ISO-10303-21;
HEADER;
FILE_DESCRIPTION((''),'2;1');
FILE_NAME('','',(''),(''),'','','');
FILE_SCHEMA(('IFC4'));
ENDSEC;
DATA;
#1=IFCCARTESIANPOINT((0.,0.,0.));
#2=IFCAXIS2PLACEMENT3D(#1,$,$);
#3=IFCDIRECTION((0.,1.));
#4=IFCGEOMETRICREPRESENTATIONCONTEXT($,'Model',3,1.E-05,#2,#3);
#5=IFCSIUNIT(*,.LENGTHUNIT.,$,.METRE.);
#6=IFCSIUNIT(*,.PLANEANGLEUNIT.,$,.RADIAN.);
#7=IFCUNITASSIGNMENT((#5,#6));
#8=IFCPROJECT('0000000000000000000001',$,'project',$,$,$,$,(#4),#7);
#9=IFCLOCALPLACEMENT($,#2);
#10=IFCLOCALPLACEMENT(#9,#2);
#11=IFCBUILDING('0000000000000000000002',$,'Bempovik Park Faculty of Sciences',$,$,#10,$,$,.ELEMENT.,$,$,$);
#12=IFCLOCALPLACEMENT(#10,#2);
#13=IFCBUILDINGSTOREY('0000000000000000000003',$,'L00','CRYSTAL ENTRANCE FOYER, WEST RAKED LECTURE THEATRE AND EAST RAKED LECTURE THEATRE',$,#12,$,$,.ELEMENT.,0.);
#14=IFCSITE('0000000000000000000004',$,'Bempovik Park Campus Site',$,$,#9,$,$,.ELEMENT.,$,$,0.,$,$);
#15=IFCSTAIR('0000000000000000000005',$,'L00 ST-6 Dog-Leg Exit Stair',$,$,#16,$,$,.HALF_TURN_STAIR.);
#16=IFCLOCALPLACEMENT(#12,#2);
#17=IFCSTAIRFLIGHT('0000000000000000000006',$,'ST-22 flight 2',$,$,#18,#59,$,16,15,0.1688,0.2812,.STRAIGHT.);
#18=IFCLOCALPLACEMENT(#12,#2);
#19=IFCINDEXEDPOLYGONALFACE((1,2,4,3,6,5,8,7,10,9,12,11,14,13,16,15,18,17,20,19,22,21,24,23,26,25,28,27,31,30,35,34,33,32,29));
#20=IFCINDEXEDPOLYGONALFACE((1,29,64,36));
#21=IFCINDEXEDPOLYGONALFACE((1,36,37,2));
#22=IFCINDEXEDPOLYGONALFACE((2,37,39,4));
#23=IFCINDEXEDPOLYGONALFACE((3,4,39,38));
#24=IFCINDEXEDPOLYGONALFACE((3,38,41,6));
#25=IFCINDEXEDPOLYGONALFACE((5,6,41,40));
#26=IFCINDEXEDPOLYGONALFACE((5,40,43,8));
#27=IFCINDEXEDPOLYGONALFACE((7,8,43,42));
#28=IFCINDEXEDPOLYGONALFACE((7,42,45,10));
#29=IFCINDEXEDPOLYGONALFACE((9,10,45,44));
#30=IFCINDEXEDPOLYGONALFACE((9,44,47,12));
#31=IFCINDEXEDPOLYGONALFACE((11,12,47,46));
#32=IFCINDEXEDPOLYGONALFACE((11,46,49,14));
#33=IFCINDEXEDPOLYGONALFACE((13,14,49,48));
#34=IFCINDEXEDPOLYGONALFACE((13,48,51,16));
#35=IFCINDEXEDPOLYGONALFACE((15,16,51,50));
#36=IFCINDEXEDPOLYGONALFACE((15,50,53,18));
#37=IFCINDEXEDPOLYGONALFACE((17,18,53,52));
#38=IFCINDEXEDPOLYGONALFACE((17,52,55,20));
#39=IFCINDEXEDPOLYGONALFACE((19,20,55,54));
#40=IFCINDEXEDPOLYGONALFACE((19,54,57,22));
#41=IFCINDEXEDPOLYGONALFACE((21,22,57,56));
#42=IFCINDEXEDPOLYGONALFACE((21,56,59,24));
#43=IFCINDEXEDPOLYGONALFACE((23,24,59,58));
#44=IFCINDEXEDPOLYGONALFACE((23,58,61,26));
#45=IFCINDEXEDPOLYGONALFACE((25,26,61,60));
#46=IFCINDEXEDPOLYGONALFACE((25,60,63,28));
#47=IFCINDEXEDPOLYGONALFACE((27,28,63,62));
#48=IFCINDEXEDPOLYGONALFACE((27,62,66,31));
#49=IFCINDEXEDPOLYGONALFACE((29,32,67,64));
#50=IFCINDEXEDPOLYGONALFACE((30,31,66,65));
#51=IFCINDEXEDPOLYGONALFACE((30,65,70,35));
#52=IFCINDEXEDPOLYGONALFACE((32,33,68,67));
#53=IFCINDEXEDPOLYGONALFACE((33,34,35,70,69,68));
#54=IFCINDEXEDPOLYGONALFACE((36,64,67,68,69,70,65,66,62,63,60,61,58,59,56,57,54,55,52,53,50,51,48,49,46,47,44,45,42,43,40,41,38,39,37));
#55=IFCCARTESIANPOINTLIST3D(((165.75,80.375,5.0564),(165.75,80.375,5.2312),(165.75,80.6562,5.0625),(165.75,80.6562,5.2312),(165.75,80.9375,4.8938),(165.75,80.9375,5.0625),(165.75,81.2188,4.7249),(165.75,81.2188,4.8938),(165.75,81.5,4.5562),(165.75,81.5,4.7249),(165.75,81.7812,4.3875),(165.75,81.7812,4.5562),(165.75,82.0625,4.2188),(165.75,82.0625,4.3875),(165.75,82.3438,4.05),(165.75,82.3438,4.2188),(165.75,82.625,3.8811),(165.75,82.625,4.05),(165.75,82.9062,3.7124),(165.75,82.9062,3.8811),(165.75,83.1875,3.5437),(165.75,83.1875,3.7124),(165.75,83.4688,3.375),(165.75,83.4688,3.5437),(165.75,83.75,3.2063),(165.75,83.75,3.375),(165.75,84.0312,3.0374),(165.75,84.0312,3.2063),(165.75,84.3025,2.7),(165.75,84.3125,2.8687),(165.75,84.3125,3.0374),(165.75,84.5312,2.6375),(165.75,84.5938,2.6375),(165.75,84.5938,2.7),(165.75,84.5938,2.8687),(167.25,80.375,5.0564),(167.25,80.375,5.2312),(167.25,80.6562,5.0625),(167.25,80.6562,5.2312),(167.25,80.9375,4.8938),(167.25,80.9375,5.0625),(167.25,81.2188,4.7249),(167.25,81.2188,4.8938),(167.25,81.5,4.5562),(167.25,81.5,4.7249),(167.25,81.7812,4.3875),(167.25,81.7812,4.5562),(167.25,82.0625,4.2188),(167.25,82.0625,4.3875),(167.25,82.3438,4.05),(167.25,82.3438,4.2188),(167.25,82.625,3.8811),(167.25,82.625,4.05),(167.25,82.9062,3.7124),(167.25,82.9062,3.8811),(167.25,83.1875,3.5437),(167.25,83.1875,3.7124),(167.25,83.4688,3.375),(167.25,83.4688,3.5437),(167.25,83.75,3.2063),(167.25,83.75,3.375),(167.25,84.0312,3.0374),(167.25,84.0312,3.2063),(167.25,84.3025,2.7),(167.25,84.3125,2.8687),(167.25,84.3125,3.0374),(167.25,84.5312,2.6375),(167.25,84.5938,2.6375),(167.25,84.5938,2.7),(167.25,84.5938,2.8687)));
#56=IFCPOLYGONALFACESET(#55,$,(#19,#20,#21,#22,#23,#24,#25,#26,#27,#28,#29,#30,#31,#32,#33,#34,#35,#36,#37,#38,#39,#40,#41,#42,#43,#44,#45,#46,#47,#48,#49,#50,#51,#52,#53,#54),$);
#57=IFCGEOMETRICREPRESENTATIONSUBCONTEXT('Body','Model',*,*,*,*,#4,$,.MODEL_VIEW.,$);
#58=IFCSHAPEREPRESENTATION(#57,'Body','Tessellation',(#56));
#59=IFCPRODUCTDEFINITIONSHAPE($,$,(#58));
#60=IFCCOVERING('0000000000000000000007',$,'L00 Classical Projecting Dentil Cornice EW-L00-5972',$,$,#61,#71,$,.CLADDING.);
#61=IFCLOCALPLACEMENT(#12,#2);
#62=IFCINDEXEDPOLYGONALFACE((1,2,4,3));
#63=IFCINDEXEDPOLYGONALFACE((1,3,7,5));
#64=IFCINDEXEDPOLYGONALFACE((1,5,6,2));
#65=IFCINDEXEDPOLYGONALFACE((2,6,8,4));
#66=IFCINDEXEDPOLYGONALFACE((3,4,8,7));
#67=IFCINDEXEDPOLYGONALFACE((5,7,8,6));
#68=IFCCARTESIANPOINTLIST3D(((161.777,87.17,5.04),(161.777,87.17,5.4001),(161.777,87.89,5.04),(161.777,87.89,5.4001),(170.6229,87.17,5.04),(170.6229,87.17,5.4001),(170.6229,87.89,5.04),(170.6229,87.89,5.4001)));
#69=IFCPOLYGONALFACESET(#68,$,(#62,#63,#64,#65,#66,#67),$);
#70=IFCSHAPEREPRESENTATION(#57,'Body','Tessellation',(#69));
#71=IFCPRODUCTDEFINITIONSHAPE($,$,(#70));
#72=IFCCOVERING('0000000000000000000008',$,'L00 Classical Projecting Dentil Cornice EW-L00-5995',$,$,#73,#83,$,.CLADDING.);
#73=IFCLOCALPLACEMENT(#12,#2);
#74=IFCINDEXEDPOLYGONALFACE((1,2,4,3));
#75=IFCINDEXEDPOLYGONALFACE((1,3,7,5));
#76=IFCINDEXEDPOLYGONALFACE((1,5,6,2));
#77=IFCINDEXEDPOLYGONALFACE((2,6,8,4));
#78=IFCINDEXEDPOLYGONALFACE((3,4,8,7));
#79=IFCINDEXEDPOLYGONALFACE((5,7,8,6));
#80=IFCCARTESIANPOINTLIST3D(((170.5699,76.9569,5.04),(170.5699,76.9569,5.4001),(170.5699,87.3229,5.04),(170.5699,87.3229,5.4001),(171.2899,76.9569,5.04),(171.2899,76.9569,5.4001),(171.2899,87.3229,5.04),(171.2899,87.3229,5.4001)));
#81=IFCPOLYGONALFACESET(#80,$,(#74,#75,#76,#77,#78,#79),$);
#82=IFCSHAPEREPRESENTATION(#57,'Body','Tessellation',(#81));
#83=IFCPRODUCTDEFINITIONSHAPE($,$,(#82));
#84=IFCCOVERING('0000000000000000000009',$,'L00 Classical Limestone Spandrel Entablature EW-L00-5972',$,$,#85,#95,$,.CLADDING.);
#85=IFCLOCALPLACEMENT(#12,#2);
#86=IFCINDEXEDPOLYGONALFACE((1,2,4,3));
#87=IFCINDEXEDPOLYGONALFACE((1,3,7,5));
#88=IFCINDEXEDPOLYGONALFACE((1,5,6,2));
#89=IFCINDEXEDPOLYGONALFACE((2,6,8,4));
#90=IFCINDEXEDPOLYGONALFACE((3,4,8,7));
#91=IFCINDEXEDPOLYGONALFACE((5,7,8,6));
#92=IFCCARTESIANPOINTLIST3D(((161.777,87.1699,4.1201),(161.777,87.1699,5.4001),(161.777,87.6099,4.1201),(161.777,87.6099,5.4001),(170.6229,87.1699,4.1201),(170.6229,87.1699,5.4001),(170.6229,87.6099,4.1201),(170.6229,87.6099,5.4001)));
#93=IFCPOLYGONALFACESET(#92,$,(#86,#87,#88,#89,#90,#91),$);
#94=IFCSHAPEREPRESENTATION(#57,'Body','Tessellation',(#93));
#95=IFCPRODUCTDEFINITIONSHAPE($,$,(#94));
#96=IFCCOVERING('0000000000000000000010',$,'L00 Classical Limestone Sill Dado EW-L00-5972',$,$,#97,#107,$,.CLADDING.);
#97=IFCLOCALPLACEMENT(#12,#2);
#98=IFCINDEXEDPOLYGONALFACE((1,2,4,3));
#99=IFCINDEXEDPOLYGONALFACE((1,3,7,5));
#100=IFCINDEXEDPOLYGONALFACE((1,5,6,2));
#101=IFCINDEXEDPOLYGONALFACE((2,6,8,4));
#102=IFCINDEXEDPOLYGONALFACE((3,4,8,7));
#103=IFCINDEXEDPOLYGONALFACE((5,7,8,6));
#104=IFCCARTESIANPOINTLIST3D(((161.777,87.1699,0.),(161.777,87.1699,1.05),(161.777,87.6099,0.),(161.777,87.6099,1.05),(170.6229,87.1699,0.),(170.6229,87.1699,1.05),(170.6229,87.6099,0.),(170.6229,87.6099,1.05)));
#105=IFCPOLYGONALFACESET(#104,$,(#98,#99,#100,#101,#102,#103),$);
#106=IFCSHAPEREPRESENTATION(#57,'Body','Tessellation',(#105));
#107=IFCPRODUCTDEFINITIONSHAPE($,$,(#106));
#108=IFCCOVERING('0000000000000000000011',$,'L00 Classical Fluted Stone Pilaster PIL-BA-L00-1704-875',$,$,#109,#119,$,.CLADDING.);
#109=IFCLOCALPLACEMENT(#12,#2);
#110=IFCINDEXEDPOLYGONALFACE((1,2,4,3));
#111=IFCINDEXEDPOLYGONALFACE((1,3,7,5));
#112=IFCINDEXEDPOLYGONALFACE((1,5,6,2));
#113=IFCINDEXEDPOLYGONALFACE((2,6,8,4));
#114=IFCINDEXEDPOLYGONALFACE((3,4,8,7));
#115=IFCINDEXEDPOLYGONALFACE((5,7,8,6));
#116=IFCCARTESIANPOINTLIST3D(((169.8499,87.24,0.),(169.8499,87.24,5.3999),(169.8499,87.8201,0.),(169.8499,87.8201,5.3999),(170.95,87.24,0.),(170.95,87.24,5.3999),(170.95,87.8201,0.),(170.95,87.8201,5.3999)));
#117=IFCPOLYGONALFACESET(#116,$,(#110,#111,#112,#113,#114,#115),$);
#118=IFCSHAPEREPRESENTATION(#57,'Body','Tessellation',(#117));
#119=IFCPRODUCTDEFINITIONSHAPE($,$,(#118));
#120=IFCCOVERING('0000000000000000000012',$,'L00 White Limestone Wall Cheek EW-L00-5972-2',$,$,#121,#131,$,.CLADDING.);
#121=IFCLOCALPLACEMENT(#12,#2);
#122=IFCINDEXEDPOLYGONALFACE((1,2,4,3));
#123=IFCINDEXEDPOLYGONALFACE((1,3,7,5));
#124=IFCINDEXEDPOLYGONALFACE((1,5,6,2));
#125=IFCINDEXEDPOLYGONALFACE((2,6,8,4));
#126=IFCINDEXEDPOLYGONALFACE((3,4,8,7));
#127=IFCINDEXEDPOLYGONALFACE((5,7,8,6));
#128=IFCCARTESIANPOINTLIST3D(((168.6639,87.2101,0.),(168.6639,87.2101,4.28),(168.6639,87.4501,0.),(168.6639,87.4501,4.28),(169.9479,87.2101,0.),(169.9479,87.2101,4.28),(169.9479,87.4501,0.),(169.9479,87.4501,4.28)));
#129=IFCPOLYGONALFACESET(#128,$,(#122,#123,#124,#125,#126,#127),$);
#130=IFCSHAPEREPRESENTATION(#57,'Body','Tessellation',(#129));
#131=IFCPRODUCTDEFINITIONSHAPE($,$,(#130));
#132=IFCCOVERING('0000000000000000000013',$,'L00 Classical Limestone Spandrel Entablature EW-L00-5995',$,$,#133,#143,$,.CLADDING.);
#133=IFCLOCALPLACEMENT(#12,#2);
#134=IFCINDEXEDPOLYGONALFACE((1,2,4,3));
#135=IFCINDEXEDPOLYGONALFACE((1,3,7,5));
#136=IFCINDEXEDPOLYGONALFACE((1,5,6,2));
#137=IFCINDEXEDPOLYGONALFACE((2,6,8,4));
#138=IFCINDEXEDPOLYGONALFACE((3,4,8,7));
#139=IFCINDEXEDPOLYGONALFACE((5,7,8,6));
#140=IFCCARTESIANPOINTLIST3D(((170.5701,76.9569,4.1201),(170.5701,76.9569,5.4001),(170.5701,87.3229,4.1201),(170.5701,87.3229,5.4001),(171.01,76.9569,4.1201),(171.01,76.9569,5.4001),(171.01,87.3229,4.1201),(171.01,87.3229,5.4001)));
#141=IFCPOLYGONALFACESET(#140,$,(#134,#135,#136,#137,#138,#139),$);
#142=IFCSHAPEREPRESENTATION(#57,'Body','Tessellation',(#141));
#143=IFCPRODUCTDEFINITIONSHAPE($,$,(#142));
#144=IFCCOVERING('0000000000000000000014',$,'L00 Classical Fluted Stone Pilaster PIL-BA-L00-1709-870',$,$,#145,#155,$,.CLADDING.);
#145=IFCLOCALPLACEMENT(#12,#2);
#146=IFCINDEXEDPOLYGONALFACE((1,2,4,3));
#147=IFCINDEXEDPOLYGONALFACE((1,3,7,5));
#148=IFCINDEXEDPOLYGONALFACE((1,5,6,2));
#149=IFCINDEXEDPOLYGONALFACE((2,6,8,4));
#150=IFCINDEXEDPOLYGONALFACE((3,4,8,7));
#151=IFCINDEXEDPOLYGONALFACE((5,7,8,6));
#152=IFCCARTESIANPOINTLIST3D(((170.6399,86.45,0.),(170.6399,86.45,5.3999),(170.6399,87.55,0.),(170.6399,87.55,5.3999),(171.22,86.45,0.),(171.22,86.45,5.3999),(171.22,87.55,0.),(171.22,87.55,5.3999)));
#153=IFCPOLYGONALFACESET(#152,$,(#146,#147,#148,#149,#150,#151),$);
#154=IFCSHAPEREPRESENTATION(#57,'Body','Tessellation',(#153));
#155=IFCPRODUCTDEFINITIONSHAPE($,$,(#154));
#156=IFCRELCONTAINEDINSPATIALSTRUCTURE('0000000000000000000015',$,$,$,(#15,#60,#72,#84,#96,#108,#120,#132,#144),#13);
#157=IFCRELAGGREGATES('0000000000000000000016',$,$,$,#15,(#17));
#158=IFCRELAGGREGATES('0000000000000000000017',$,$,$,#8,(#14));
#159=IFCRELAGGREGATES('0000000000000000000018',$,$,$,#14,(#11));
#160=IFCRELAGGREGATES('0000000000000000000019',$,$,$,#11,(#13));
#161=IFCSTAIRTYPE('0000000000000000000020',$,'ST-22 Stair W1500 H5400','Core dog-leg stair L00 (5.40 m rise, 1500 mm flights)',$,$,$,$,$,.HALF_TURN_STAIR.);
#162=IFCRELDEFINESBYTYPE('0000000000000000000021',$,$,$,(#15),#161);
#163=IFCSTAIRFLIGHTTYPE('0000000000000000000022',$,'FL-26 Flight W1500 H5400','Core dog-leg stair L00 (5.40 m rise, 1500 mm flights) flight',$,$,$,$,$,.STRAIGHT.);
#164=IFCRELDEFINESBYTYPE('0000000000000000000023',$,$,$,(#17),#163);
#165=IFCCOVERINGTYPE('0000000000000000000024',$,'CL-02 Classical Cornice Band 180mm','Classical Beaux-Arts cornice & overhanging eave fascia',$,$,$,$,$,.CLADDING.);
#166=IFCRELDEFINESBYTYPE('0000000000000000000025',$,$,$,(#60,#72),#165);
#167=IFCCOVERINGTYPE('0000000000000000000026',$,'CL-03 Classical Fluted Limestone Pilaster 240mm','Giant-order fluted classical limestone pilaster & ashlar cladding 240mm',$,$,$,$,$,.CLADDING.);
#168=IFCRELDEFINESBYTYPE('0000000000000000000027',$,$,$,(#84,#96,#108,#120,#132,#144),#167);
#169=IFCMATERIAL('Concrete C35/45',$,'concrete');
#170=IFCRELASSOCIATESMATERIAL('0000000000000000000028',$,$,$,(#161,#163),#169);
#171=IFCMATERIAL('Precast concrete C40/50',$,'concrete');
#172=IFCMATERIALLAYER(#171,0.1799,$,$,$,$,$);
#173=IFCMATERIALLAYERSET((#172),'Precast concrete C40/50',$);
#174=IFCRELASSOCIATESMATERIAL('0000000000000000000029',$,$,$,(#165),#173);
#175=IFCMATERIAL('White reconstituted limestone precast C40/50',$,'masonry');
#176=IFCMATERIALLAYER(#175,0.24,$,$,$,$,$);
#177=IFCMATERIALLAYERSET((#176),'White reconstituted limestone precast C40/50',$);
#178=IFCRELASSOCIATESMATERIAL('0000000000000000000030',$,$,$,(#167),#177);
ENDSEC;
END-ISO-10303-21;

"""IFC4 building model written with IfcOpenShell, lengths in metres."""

from ifc_helpers import new_model, si_unit, direction, frame, origin, origin_2d, place, context, subcontext, project, spatial, polyline, rectangle, outline, extrude, material, layer, layer_set, type_object, element, aggregate, save


model = new_model("IFC4")

# Units and contexts
model_context = context("Model", 3, precision=1e-05, world=origin(), true_north=direction((0.0, 1.0)))
body_context = subcontext(model_context, "Body", "Model", "MODEL_VIEW")
ifc_project = project(units=[si_unit("LENGTHUNIT", "METRE"), si_unit("PLANEANGLEUNIT", "RADIAN")], contexts=[model_context])

# Site, building, storey
site_placement = place(None, origin())
site = spatial("IfcSite", under=ifc_project, at=site_placement, Name="Bempovik Park Campus Site", CompositionType="ELEMENT", RefElevation=0.0)
building_placement = place(site_placement, origin())
building = spatial("IfcBuilding", under=site, at=building_placement, Name="Bempovik Park Faculty of Sciences", CompositionType="ELEMENT")
storey_placement = place(building_placement, origin())
storey = spatial("IfcBuildingStorey", under=building, at=storey_placement, Name="L00", Description="CRYSTAL ENTRANCE FOYER, WEST RAKED LECTURE THEATRE AND EAST RAKED LECTURE THEATRE", CompositionType="ELEMENT", Elevation=0.0)

# Shared definitions
ifc_material_1 = material(Name="Concrete C35/45", Category="concrete")

# Stair, stair flight
stair_type = type_object("IfcStairType", Name="ST-22 Stair W1500 H5400", Description="Core dog-leg stair L00 (5.40 m rise, 1500 mm flights)", PredefinedType="HALF_TURN_STAIR", material=ifc_material_1)
stair_placement = place(storey_placement, origin())
stair = element("IfcStair", 1, at=stair_placement, inside=storey, type_object=stair_type, Name="L00 ST-6 Dog-Leg Exit Stair", PredefinedType="HALF_TURN_STAIR")
stair_flight_type = type_object("IfcStairFlightType", Name="FL-26 Flight W1500 H5400", Description="Core dog-leg stair L00 (5.40 m rise, 1500 mm flights) flight", PredefinedType="STRAIGHT", material=ifc_material_1)
stair_flight_1_placement = place(storey_placement, frame((166.5, 84.5938, 2.7), z_axis=(0.0, 0.0, 1.0), x_axis=(0.0, -1.0, 0.0)))
stair_flight_1 = element("IfcStairFlight", 2, at=stair_flight_1_placement, type_object=stair_flight_type, Name="ST-22 flight 2", NumberOfRisers=16, NumberOfTreads=15, PredefinedType="STRAIGHT", RiserHeight=0.1688, TreadLength=0.2812, context=body_context, shape_type="SweptSolid", body=[
    extrude(outline(polyline([(0.0, 0.0), (0.0, 0.1687), (0.2812, 0.1687), (0.2812, 0.3374), (0.5625, 0.3374), (0.5625, 0.5063), (0.8438, 0.5063), (0.8438, 0.675), (1.125, 0.675), (1.125, 0.8438), (1.4062, 0.8438), (1.4062, 1.0125), (1.6875, 1.0125), (1.6875, 1.1812), (1.9688, 1.1812), (1.9688, 1.3501), (2.25, 1.3501), (2.25, 1.5188), (2.5312, 1.5188), (2.5312, 1.6875), (2.8125, 1.6875), (2.8125, 1.8562), (3.0938, 1.8562), (3.0938, 2.0249), (3.375, 2.0249), (3.375, 2.1938), (3.6562, 2.1938), (3.6562, 2.3625), (3.9375, 2.3625), (3.9375, 2.5312), (4.2188, 2.5312), (4.2188, 2.7), (4.2188, 2.3564), (0.2913, 0.0), (0.0625, -0.0625), (0.0, -0.0625), (0.0, 0.0)])), frame((0.0, 0.75, 0.0), z_axis=(0.0, -1.0, 0.0), x_axis=(1.0, 0.0, 0.0)), (0.0, 0.0, 1.0), 1.5),
])
aggregate(stair, [stair_flight_1])

# Coverings
ifc_material_2 = material(Name="Precast concrete C40/50", Category="concrete")
ifc_layer_1 = layer(ifc_material_2, 0.1799)
ifc_layer_set_1 = layer_set([ifc_layer_1], Name="Precast concrete C40/50")
covering_type_1 = type_object("IfcCoveringType", Name="CL-02 Classical Cornice Band 180mm", Description="Classical Beaux-Arts cornice & overhanging eave fascia", PredefinedType="CLADDING", material=ifc_layer_set_1)
covering_1_placement = place(storey_placement, frame((166.2, 87.53, 5.04), z_axis=(0.0, 0.0, 1.0), x_axis=(1.0, 0.0, 0.0)))
element("IfcCovering", 3, at=covering_1_placement, inside=storey, type_object=covering_type_1, Name="L00 Classical Projecting Dentil Cornice EW-L00-5972", PredefinedType="CLADDING", context=body_context, shape_type="SweptSolid", body=[
    extrude(rectangle(XDim=8.8459, YDim=0.72, at=origin_2d()), origin(), (0.0, 0.0, 1.0), 0.3601),
])
covering_2_placement = place(storey_placement, frame((170.9299, 82.1399, 5.04), z_axis=(0.0, 0.0, 1.0), x_axis=(1.0, 0.0, 0.0)))
element("IfcCovering", 4, at=covering_2_placement, inside=storey, type_object=covering_type_1, Name="L00 Classical Projecting Dentil Cornice EW-L00-5995", PredefinedType="CLADDING", context=body_context, shape_type="SweptSolid", body=[
    extrude(rectangle(XDim=0.72, YDim=10.366, at=origin_2d()), origin(), (0.0, 0.0, 1.0), 0.3601),
])
ifc_material_3 = material(Name="White reconstituted limestone precast C40/50", Category="masonry")
ifc_layer_2 = layer(ifc_material_3, 0.24)
ifc_layer_set_2 = layer_set([ifc_layer_2], Name="White reconstituted limestone precast C40/50")
covering_type_2 = type_object("IfcCoveringType", Name="CL-03 Classical Fluted Limestone Pilaster 240mm", Description="Giant-order fluted classical limestone pilaster & ashlar cladding 240mm", PredefinedType="CLADDING", material=ifc_layer_set_2)
covering_3_placement = place(storey_placement, frame((166.2, 87.3899, 4.1201), z_axis=(0.0, 0.0, 1.0), x_axis=(1.0, 0.0, 0.0)))
element("IfcCovering", 5, at=covering_3_placement, inside=storey, type_object=covering_type_2, Name="L00 Classical Limestone Spandrel Entablature EW-L00-5972", PredefinedType="CLADDING", context=body_context, shape_type="SweptSolid", body=[
    extrude(rectangle(XDim=8.8459, YDim=0.4399, at=origin_2d()), origin(), (0.0, 0.0, 1.0), 1.28),
])
covering_4_placement = place(storey_placement, frame((166.2, 87.3899, 0.0), z_axis=(0.0, 0.0, 1.0), x_axis=(1.0, 0.0, 0.0)))
element("IfcCovering", 6, at=covering_4_placement, inside=storey, type_object=covering_type_2, Name="L00 Classical Limestone Sill Dado EW-L00-5972", PredefinedType="CLADDING", context=body_context, shape_type="SweptSolid", body=[
    extrude(rectangle(XDim=8.8459, YDim=0.4399, at=origin_2d()), origin(), (0.0, 0.0, 1.0), 1.05),
])
covering_5_placement = place(storey_placement, frame((170.3999, 87.53, 0.0), z_axis=(0.0, 0.0, 1.0), x_axis=(1.0, 0.0, 0.0)))
element("IfcCovering", 7, at=covering_5_placement, inside=storey, type_object=covering_type_2, Name="L00 Classical Fluted Stone Pilaster PIL-BA-L00-1704-875", PredefinedType="CLADDING", context=body_context, shape_type="SweptSolid", body=[
    extrude(rectangle(XDim=1.1001, YDim=0.5801, at=origin_2d()), origin(), (0.0, 0.0, 1.0), 5.3999),
])
covering_6_placement = place(storey_placement, frame((169.3059, 87.3301, 0.0), z_axis=(0.0, 0.0, 1.0), x_axis=(1.0, 0.0, 0.0)))
element("IfcCovering", 8, at=covering_6_placement, inside=storey, type_object=covering_type_2, Name="L00 White Limestone Wall Cheek EW-L00-5972-2", PredefinedType="CLADDING", context=body_context, shape_type="SweptSolid", body=[
    extrude(rectangle(XDim=1.2839, YDim=0.24, at=origin_2d()), origin(), (0.0, 0.0, 1.0), 4.28),
])
covering_7_placement = place(storey_placement, frame((170.79, 82.1399, 4.1201), z_axis=(0.0, 0.0, 1.0), x_axis=(1.0, 0.0, 0.0)))
element("IfcCovering", 9, at=covering_7_placement, inside=storey, type_object=covering_type_2, Name="L00 Classical Limestone Spandrel Entablature EW-L00-5995", PredefinedType="CLADDING", context=body_context, shape_type="SweptSolid", body=[
    extrude(rectangle(XDim=0.4399, YDim=10.366, at=origin_2d()), origin(), (0.0, 0.0, 1.0), 1.28),
])
covering_8_placement = place(storey_placement, frame((170.9299, 87.0, 0.0), z_axis=(0.0, 0.0, 1.0), x_axis=(1.0, 0.0, 0.0)))
element("IfcCovering", 10, at=covering_8_placement, inside=storey, type_object=covering_type_2, Name="L00 Classical Fluted Stone Pilaster PIL-BA-L00-1709-870", PredefinedType="CLADDING", context=body_context, shape_type="SweptSolid", body=[
    extrude(rectangle(XDim=0.5801, YDim=1.1001, at=origin_2d()), origin(), (0.0, 0.0, 1.0), 5.3999),
])

save(model, "model.ifc")
